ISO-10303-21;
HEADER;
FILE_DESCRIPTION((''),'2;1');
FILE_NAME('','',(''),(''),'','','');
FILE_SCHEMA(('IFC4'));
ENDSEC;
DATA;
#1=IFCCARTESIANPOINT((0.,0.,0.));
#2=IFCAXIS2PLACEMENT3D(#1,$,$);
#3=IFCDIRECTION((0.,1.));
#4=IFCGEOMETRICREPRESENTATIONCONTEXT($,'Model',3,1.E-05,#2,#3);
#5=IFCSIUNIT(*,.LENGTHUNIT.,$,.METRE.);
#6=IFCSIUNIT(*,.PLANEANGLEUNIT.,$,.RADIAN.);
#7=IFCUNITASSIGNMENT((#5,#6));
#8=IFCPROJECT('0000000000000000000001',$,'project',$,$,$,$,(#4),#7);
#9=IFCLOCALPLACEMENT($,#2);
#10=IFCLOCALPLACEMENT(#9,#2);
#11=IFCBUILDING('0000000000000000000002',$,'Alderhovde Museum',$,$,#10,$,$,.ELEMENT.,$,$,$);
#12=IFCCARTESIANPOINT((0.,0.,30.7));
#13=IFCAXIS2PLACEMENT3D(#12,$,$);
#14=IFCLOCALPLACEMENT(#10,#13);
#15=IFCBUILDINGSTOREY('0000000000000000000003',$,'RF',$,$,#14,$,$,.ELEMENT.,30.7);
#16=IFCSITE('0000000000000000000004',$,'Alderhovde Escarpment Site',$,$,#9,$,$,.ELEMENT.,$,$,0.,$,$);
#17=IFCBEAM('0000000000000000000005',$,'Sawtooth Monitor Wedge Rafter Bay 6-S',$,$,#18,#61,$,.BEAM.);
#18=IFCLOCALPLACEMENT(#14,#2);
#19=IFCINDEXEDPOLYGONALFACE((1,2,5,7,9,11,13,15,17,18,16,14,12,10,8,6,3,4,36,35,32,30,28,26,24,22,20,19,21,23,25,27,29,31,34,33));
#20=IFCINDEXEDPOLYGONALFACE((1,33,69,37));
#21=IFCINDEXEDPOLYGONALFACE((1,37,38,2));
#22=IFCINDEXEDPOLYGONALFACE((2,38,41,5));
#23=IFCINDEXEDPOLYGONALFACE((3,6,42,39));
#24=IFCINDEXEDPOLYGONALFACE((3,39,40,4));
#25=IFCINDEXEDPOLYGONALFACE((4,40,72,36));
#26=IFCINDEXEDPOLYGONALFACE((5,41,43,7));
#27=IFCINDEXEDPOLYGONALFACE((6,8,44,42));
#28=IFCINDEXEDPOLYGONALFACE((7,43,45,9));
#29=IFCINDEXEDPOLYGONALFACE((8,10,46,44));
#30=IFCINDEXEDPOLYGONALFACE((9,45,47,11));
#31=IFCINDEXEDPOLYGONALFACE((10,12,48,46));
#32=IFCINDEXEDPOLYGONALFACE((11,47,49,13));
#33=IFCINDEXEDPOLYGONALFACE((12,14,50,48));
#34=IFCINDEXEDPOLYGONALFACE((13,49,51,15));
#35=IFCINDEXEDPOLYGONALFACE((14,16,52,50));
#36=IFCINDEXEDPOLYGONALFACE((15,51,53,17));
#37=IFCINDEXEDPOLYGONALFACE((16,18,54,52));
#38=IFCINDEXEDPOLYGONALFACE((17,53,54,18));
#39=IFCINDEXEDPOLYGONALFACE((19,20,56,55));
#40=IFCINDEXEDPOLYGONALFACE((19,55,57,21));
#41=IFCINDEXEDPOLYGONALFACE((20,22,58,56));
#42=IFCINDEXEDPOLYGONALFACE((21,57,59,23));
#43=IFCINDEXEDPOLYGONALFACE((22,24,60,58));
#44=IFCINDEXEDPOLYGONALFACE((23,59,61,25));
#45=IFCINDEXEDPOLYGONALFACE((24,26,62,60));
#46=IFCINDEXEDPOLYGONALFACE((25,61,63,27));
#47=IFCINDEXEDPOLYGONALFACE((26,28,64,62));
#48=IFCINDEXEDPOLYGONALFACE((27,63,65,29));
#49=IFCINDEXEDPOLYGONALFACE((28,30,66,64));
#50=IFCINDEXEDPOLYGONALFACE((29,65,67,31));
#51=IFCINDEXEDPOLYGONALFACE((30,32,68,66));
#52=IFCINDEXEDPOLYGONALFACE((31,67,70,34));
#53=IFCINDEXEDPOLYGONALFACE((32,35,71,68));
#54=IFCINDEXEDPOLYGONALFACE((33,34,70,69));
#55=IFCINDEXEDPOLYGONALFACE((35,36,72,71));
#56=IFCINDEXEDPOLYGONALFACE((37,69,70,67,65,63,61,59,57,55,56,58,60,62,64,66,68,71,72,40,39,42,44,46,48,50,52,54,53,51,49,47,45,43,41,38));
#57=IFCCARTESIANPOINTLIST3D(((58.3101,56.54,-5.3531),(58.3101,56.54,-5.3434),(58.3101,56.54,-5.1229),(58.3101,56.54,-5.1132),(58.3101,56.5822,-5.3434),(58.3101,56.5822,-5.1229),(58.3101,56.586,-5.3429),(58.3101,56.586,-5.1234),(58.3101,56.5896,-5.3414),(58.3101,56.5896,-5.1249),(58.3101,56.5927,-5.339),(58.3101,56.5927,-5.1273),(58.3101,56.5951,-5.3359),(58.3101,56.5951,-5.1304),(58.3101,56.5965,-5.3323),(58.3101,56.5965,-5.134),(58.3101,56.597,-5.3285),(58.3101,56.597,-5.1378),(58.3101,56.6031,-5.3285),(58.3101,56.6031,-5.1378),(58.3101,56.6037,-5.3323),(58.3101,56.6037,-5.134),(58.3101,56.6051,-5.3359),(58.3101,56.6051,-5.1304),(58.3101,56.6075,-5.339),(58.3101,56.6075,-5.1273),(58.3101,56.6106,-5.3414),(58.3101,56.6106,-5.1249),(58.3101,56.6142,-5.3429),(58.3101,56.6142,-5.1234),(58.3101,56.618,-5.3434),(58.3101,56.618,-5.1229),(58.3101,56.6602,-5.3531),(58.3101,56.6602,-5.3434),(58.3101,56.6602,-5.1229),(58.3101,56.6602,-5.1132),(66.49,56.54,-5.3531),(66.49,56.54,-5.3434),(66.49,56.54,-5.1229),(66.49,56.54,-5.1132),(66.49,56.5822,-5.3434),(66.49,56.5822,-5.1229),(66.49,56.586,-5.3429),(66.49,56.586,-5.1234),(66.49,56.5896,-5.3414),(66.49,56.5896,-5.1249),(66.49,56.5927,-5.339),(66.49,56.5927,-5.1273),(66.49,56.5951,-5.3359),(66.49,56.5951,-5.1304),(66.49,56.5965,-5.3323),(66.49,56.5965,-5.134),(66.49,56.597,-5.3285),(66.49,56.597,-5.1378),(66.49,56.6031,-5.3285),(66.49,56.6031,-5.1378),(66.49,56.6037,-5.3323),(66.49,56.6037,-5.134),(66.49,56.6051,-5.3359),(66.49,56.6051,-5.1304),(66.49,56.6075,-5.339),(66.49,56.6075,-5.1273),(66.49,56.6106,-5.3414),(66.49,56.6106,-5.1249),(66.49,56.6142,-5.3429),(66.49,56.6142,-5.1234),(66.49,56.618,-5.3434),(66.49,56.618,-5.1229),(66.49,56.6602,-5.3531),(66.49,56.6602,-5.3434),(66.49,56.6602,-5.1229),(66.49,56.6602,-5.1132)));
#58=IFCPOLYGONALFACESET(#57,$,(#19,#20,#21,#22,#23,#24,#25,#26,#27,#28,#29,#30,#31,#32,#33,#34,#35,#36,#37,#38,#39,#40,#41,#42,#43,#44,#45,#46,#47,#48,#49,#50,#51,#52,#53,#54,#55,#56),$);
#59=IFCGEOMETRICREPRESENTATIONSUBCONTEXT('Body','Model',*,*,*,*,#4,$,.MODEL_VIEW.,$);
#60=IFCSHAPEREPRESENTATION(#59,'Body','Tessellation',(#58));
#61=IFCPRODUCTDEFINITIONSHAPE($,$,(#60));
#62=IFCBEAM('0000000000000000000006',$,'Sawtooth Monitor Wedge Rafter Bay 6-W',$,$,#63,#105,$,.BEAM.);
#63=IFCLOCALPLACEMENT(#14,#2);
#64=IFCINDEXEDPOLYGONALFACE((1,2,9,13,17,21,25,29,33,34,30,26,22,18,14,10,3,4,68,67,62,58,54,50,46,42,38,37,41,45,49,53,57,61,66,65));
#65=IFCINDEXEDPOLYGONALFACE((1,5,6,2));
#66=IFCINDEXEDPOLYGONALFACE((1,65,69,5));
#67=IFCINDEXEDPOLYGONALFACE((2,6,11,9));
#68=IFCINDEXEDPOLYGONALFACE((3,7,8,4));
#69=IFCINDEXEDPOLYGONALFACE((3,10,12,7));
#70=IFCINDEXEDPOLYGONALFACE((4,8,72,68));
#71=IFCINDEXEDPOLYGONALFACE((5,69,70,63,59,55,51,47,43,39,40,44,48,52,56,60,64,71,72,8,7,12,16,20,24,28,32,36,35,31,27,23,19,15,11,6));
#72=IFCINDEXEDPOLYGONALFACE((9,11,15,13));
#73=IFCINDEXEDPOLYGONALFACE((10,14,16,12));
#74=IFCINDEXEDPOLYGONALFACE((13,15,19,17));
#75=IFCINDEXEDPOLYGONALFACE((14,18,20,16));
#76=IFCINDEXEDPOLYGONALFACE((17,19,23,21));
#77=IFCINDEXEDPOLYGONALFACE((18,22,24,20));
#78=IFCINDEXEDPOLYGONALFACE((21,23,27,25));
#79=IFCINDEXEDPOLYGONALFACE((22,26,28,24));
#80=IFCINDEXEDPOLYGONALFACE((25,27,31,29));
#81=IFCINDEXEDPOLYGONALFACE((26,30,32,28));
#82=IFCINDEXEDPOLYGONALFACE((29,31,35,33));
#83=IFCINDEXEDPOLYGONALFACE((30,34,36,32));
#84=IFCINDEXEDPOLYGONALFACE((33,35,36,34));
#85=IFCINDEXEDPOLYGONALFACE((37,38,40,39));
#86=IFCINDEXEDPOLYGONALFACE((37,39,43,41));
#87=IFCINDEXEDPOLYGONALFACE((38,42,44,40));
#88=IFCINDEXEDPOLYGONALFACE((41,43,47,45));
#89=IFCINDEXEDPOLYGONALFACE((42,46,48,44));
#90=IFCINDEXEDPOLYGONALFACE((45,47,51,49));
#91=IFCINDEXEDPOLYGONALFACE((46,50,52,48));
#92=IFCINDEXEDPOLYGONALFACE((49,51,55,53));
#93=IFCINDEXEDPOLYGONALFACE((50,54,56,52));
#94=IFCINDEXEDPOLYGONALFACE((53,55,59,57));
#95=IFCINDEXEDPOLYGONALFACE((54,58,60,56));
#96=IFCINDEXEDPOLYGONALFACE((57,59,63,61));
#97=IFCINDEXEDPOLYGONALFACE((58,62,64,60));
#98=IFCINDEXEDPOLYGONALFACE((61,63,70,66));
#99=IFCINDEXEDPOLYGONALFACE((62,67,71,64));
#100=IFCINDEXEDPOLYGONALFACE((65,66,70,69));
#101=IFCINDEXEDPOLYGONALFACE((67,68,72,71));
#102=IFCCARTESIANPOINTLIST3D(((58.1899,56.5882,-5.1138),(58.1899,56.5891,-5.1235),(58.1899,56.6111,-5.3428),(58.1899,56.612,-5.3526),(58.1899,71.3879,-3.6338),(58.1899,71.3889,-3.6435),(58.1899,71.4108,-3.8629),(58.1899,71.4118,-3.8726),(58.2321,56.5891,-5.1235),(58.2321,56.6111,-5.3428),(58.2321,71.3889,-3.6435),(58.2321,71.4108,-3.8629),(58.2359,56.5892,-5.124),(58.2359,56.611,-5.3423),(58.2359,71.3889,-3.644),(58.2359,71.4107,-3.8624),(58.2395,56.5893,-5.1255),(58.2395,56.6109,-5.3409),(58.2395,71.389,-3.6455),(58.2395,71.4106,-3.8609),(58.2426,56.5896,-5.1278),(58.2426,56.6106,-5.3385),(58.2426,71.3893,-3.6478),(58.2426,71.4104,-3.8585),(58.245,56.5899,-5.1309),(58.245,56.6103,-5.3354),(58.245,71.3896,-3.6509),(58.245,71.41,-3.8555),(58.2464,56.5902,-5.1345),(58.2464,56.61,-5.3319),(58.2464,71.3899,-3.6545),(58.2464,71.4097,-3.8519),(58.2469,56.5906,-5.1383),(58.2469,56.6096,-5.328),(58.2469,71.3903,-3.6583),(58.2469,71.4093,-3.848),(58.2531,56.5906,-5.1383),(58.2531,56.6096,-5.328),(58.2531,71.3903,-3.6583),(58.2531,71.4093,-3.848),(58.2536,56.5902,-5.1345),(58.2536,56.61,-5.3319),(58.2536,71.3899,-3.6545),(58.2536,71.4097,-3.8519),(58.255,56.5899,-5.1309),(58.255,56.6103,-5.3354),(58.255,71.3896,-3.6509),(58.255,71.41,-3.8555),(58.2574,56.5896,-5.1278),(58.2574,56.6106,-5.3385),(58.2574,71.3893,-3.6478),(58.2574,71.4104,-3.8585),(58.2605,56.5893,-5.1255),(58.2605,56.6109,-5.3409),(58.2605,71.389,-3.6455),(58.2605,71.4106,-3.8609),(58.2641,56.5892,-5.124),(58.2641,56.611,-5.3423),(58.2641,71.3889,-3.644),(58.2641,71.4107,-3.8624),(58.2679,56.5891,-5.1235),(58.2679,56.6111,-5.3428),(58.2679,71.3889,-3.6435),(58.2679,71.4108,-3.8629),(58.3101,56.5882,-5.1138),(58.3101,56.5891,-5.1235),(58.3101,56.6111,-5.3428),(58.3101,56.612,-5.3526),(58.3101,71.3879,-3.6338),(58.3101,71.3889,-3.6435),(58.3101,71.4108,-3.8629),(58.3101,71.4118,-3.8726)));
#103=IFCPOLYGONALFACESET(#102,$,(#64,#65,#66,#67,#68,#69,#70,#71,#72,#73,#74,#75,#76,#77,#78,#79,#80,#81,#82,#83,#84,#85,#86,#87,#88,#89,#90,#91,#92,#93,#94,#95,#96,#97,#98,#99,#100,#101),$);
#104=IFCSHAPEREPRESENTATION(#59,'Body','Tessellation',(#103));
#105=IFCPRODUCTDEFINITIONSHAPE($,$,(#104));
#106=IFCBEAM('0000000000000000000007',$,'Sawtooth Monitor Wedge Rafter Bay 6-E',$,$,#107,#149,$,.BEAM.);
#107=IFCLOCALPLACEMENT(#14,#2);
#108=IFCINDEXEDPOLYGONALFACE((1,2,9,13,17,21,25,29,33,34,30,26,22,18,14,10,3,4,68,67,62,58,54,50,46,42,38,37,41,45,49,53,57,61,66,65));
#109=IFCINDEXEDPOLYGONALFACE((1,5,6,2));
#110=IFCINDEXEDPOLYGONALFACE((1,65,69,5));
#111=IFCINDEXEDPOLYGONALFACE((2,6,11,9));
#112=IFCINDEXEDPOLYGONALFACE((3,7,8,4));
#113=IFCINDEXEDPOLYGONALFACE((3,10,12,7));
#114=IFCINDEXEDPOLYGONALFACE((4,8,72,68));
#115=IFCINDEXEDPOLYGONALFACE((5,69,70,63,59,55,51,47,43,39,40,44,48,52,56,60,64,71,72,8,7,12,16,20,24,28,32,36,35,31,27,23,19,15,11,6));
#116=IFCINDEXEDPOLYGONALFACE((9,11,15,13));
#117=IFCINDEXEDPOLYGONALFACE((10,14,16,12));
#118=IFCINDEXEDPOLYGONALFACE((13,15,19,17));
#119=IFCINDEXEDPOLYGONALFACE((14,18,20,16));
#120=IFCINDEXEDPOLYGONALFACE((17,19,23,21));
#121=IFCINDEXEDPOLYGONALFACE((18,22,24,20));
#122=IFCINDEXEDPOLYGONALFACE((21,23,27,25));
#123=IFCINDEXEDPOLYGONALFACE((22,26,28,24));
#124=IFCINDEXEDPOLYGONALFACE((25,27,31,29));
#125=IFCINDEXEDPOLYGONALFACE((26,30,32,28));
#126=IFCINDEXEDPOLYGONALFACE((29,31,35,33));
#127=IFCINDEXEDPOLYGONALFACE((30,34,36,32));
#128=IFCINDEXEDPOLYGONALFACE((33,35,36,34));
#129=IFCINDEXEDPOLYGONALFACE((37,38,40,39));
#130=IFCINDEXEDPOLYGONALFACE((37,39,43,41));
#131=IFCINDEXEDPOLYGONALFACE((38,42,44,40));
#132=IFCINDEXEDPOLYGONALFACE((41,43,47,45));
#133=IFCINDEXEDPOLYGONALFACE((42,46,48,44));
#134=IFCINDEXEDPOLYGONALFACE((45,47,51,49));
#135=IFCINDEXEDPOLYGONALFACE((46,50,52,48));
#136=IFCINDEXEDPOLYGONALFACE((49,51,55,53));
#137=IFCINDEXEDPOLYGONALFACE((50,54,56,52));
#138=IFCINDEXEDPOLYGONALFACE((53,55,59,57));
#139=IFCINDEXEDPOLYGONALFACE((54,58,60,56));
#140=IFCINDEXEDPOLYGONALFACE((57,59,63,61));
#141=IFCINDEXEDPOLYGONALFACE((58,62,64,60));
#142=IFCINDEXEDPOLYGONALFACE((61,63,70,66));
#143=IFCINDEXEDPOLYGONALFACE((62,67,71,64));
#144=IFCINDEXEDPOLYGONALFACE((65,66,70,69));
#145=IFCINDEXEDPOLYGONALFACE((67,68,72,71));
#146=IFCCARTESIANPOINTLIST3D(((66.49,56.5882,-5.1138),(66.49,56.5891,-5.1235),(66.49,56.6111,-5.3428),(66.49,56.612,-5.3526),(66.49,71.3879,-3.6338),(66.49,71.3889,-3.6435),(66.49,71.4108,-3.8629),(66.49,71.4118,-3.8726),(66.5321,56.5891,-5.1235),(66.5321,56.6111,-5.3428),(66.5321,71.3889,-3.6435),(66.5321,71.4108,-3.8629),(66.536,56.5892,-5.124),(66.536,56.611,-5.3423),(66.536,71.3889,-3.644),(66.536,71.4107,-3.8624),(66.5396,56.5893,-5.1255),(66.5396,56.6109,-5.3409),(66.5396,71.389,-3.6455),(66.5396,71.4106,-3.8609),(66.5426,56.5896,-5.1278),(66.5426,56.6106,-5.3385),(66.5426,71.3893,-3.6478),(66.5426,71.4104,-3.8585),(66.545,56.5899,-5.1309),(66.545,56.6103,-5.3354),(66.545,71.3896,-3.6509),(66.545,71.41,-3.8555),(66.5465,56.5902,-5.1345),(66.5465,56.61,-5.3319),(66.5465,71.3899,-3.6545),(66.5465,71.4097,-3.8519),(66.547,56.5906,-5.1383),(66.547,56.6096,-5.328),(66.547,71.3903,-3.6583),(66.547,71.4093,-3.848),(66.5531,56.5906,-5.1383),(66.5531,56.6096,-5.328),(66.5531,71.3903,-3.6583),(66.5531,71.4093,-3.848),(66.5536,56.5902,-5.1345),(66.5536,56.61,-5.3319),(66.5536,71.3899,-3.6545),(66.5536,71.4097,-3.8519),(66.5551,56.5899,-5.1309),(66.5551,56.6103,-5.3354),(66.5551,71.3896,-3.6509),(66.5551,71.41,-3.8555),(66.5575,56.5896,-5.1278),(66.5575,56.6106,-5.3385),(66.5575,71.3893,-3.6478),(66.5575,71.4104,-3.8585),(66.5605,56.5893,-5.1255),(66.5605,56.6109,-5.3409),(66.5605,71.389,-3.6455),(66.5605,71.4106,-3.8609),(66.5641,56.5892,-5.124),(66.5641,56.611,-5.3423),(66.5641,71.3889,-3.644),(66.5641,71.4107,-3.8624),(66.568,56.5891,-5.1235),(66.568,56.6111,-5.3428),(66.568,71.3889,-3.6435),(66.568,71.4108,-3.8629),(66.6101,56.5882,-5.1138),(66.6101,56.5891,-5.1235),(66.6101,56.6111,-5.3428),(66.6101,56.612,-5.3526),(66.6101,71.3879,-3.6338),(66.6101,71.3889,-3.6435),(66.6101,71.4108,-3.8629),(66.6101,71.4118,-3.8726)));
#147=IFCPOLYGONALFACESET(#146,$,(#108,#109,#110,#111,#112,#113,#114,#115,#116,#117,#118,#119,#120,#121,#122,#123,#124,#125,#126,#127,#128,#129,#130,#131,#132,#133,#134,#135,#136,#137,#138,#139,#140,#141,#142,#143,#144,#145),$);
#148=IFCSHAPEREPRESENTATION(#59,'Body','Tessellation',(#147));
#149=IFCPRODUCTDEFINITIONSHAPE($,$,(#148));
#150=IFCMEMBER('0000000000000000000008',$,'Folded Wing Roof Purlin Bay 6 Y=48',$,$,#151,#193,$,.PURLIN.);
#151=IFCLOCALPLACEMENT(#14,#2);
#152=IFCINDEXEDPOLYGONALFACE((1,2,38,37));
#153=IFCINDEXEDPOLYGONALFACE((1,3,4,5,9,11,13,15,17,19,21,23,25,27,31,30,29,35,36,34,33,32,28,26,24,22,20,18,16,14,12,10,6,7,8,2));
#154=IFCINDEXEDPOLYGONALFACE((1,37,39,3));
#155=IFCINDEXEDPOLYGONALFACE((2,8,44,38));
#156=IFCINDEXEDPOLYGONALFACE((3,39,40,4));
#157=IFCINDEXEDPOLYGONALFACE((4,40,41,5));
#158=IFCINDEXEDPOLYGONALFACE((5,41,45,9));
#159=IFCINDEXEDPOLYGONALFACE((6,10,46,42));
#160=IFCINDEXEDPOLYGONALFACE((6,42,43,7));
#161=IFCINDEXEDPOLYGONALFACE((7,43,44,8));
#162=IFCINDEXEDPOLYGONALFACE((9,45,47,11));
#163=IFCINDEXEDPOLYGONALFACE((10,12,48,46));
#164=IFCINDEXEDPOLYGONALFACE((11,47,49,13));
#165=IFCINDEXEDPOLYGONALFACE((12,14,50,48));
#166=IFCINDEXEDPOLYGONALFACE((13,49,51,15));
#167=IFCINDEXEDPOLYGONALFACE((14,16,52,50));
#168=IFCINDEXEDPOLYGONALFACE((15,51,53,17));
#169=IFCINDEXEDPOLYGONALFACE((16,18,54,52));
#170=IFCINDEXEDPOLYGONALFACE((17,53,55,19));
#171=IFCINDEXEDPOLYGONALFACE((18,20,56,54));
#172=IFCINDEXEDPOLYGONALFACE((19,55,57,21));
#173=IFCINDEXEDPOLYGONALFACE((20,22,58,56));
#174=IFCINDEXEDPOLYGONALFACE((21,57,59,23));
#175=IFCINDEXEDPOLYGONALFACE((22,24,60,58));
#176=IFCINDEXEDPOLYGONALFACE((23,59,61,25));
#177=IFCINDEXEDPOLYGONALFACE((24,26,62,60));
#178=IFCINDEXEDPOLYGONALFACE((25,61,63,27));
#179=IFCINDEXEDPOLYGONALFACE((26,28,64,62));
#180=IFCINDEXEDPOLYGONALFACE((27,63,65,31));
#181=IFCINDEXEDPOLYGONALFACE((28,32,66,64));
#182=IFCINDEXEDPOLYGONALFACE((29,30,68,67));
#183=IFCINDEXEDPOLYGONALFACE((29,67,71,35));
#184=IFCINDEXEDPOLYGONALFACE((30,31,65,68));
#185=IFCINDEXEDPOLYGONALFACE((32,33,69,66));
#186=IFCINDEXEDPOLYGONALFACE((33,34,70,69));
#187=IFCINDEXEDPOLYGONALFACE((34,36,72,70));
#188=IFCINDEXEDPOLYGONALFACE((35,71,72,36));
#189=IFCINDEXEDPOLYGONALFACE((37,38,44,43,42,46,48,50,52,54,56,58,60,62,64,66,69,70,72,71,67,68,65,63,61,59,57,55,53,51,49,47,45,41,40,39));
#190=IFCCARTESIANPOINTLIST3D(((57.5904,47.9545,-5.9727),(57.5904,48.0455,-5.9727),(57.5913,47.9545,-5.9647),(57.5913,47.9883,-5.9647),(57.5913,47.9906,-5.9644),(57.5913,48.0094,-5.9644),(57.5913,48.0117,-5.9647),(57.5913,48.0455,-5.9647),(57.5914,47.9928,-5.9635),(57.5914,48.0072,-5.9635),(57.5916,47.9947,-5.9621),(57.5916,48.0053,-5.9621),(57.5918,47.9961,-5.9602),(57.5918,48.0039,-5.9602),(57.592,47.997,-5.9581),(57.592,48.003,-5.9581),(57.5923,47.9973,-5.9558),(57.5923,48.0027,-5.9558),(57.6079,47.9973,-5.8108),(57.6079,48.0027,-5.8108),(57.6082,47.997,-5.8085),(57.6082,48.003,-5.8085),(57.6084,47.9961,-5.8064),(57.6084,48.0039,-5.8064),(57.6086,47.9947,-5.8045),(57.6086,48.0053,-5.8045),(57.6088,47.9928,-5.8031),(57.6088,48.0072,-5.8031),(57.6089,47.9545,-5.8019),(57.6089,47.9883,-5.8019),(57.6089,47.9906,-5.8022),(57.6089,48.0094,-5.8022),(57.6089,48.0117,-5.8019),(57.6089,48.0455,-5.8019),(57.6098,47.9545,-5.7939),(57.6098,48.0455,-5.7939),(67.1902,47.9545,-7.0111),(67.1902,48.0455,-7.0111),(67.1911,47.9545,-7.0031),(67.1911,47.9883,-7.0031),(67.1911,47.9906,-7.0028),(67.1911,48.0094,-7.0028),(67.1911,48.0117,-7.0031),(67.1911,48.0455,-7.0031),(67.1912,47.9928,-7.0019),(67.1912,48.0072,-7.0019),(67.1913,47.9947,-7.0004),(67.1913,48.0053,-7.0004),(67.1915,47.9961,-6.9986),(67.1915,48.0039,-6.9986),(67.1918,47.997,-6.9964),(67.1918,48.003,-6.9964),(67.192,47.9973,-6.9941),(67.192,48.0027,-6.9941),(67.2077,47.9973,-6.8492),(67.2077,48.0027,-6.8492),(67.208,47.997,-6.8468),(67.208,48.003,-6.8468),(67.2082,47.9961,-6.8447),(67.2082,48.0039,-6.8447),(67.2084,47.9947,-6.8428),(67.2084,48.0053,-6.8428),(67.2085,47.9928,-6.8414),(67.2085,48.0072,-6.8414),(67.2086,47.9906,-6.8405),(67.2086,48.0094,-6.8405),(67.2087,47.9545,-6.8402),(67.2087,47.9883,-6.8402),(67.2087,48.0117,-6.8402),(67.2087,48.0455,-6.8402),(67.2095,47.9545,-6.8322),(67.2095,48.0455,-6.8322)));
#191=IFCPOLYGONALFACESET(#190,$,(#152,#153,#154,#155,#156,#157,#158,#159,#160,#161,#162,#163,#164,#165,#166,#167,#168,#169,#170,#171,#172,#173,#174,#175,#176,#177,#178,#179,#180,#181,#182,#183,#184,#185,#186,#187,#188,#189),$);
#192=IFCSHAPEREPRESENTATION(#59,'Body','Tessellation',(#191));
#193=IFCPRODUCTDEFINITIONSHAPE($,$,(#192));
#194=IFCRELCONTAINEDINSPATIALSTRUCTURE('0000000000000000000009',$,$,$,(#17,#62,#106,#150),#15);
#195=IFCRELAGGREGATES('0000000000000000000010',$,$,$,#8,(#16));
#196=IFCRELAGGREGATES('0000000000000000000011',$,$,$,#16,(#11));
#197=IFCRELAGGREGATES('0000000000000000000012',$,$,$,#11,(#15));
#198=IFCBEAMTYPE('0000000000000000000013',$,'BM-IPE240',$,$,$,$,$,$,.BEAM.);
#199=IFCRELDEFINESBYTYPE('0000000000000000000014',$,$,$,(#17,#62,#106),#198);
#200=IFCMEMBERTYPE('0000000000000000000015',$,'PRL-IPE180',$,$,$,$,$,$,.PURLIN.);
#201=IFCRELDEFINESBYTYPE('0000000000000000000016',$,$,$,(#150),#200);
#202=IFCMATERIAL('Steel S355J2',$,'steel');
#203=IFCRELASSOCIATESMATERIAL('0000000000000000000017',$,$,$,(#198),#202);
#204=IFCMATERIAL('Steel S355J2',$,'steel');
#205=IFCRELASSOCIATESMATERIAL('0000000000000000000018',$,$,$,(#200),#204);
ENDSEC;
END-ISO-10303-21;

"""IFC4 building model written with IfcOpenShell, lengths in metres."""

from ifc_helpers import new_model, si_unit, direction, frame, origin, origin_2d, place, context, subcontext, project, spatial, i_section, extrude, material, material_profile, profile_set, type_object, element, save


model = new_model("IFC4")

# Units and contexts
model_context = context("Model", 3, precision=1e-05, world=origin(), true_north=direction((0.0, 1.0)))
body_context = subcontext(model_context, "Body", "Model", "MODEL_VIEW")
ifc_project = project(units=[si_unit("LENGTHUNIT", "METRE"), si_unit("PLANEANGLEUNIT", "RADIAN")], contexts=[model_context])

# Site, building, storey
site_placement = place(None, origin())
site = spatial("IfcSite", under=ifc_project, at=site_placement, Name="Alderhovde Escarpment Site", CompositionType="ELEMENT", RefElevation=0.0)
building_placement = place(site_placement, origin())
building = spatial("IfcBuilding", under=site, at=building_placement, Name="Alderhovde Museum", CompositionType="ELEMENT")
storey_placement = place(building_placement, frame((0.0, 0.0, 30.7)))
storey = spatial("IfcBuildingStorey", under=building, at=storey_placement, Name="RF", CompositionType="ELEMENT", Elevation=30.7)

# Beams
ifc_material_1 = material(Name="Steel S355J2", Category="steel")
ifc_material_profile_1 = material_profile(ifc_material_1, i_section(OverallWidth=0.1201, OverallDepth=0.24, WebThickness=0.0061, FlangeThickness=0.0098, FilletRadius=0.0149, at=origin_2d()), Name="IPE 240")
ifc_profile_set_1 = profile_set([ifc_material_profile_1], Name="Steel S355J2")
beam_type_1 = type_object("IfcBeamType", Name="BM-IPE240", PredefinedType="BEAM", material=ifc_profile_set_1)
beam_1_placement = place(storey_placement, frame((58.3101, 56.6001, -5.2332), z_axis=(1.0, 0.0, 0.0), x_axis=(0.0, 1.0, 0.0)))
element("IfcBeam", 1, at=beam_1_placement, inside=storey, type_object=beam_type_1, Name="Sawtooth Monitor Wedge Rafter Bay 6-S", PredefinedType="BEAM", context=body_context, shape_type="SweptSolid", body=[
    extrude(i_section(OverallWidth=0.1201, OverallDepth=0.24, WebThickness=0.0061, FlangeThickness=0.0098, FilletRadius=0.0149, at=origin_2d()), origin(), (0.0, 0.0, 1.0), 8.1799),
])
for number, where, z_axis, x_axis, name in (
    (2, (58.25, 56.6001, -5.2332), (0.0, 0.995037, 0.099504), (-1.0, 0.0, 0.0), "Sawtooth Monitor Wedge Rafter Bay 6-W"),
    (3, (66.55, 56.6001, -5.2332), (0.0, 0.995037, 0.099504), (-1.0, 0.0, 0.0), "Sawtooth Monitor Wedge Rafter Bay 6-E"),
):
    element("IfcBeam", number, at=place(storey_placement, frame(where, z_axis=z_axis, x_axis=x_axis)), inside=storey, type_object=beam_type_1, Name=name, PredefinedType="BEAM", context=body_context, shape_type="SweptSolid", body=[
        extrude(i_section(OverallWidth=0.1201, OverallDepth=0.24, WebThickness=0.0061, FlangeThickness=0.0098, FilletRadius=0.0149, at=origin_2d()), origin(), (0.0, 0.0, 1.0), 14.8735),
    ])

# Member
ifc_material_2 = material(Name="Steel S355J2", Category="steel")
ifc_material_profile_2 = material_profile(ifc_material_2, i_section(OverallWidth=0.0911, OverallDepth=0.1799, WebThickness=0.0054, FlangeThickness=0.0081, FilletRadius=0.009, at=origin_2d()), Name="IPE 180")
ifc_profile_set_2 = profile_set([ifc_material_profile_2], Name="Steel S355J2")
member_type_1 = type_object("IfcMemberType", Name="PRL-IPE180", PredefinedType="PURLIN", material=ifc_profile_set_2)
for number, where, z_axis, x_axis, name in (
    (4, (57.6001, 48.0, -5.8833), (0.994201, 0.0, -0.107534), (0.0, 1.0, 0.0), "Folded Wing Roof Purlin Bay 6 Y=48"),
):
    element("IfcMember", number, at=place(storey_placement, frame(where, z_axis=z_axis, x_axis=x_axis)), inside=storey, type_object=member_type_1, Name=name, PredefinedType="PURLIN", context=body_context, shape_type="SweptSolid", body=[
        extrude(i_section(OverallWidth=0.0911, OverallDepth=0.1799, WebThickness=0.0054, FlangeThickness=0.0081, FilletRadius=0.009, at=origin_2d()), origin(), (0.0, 0.0, 1.0), 9.6558),
    ])

save(model, "model.ifc")
